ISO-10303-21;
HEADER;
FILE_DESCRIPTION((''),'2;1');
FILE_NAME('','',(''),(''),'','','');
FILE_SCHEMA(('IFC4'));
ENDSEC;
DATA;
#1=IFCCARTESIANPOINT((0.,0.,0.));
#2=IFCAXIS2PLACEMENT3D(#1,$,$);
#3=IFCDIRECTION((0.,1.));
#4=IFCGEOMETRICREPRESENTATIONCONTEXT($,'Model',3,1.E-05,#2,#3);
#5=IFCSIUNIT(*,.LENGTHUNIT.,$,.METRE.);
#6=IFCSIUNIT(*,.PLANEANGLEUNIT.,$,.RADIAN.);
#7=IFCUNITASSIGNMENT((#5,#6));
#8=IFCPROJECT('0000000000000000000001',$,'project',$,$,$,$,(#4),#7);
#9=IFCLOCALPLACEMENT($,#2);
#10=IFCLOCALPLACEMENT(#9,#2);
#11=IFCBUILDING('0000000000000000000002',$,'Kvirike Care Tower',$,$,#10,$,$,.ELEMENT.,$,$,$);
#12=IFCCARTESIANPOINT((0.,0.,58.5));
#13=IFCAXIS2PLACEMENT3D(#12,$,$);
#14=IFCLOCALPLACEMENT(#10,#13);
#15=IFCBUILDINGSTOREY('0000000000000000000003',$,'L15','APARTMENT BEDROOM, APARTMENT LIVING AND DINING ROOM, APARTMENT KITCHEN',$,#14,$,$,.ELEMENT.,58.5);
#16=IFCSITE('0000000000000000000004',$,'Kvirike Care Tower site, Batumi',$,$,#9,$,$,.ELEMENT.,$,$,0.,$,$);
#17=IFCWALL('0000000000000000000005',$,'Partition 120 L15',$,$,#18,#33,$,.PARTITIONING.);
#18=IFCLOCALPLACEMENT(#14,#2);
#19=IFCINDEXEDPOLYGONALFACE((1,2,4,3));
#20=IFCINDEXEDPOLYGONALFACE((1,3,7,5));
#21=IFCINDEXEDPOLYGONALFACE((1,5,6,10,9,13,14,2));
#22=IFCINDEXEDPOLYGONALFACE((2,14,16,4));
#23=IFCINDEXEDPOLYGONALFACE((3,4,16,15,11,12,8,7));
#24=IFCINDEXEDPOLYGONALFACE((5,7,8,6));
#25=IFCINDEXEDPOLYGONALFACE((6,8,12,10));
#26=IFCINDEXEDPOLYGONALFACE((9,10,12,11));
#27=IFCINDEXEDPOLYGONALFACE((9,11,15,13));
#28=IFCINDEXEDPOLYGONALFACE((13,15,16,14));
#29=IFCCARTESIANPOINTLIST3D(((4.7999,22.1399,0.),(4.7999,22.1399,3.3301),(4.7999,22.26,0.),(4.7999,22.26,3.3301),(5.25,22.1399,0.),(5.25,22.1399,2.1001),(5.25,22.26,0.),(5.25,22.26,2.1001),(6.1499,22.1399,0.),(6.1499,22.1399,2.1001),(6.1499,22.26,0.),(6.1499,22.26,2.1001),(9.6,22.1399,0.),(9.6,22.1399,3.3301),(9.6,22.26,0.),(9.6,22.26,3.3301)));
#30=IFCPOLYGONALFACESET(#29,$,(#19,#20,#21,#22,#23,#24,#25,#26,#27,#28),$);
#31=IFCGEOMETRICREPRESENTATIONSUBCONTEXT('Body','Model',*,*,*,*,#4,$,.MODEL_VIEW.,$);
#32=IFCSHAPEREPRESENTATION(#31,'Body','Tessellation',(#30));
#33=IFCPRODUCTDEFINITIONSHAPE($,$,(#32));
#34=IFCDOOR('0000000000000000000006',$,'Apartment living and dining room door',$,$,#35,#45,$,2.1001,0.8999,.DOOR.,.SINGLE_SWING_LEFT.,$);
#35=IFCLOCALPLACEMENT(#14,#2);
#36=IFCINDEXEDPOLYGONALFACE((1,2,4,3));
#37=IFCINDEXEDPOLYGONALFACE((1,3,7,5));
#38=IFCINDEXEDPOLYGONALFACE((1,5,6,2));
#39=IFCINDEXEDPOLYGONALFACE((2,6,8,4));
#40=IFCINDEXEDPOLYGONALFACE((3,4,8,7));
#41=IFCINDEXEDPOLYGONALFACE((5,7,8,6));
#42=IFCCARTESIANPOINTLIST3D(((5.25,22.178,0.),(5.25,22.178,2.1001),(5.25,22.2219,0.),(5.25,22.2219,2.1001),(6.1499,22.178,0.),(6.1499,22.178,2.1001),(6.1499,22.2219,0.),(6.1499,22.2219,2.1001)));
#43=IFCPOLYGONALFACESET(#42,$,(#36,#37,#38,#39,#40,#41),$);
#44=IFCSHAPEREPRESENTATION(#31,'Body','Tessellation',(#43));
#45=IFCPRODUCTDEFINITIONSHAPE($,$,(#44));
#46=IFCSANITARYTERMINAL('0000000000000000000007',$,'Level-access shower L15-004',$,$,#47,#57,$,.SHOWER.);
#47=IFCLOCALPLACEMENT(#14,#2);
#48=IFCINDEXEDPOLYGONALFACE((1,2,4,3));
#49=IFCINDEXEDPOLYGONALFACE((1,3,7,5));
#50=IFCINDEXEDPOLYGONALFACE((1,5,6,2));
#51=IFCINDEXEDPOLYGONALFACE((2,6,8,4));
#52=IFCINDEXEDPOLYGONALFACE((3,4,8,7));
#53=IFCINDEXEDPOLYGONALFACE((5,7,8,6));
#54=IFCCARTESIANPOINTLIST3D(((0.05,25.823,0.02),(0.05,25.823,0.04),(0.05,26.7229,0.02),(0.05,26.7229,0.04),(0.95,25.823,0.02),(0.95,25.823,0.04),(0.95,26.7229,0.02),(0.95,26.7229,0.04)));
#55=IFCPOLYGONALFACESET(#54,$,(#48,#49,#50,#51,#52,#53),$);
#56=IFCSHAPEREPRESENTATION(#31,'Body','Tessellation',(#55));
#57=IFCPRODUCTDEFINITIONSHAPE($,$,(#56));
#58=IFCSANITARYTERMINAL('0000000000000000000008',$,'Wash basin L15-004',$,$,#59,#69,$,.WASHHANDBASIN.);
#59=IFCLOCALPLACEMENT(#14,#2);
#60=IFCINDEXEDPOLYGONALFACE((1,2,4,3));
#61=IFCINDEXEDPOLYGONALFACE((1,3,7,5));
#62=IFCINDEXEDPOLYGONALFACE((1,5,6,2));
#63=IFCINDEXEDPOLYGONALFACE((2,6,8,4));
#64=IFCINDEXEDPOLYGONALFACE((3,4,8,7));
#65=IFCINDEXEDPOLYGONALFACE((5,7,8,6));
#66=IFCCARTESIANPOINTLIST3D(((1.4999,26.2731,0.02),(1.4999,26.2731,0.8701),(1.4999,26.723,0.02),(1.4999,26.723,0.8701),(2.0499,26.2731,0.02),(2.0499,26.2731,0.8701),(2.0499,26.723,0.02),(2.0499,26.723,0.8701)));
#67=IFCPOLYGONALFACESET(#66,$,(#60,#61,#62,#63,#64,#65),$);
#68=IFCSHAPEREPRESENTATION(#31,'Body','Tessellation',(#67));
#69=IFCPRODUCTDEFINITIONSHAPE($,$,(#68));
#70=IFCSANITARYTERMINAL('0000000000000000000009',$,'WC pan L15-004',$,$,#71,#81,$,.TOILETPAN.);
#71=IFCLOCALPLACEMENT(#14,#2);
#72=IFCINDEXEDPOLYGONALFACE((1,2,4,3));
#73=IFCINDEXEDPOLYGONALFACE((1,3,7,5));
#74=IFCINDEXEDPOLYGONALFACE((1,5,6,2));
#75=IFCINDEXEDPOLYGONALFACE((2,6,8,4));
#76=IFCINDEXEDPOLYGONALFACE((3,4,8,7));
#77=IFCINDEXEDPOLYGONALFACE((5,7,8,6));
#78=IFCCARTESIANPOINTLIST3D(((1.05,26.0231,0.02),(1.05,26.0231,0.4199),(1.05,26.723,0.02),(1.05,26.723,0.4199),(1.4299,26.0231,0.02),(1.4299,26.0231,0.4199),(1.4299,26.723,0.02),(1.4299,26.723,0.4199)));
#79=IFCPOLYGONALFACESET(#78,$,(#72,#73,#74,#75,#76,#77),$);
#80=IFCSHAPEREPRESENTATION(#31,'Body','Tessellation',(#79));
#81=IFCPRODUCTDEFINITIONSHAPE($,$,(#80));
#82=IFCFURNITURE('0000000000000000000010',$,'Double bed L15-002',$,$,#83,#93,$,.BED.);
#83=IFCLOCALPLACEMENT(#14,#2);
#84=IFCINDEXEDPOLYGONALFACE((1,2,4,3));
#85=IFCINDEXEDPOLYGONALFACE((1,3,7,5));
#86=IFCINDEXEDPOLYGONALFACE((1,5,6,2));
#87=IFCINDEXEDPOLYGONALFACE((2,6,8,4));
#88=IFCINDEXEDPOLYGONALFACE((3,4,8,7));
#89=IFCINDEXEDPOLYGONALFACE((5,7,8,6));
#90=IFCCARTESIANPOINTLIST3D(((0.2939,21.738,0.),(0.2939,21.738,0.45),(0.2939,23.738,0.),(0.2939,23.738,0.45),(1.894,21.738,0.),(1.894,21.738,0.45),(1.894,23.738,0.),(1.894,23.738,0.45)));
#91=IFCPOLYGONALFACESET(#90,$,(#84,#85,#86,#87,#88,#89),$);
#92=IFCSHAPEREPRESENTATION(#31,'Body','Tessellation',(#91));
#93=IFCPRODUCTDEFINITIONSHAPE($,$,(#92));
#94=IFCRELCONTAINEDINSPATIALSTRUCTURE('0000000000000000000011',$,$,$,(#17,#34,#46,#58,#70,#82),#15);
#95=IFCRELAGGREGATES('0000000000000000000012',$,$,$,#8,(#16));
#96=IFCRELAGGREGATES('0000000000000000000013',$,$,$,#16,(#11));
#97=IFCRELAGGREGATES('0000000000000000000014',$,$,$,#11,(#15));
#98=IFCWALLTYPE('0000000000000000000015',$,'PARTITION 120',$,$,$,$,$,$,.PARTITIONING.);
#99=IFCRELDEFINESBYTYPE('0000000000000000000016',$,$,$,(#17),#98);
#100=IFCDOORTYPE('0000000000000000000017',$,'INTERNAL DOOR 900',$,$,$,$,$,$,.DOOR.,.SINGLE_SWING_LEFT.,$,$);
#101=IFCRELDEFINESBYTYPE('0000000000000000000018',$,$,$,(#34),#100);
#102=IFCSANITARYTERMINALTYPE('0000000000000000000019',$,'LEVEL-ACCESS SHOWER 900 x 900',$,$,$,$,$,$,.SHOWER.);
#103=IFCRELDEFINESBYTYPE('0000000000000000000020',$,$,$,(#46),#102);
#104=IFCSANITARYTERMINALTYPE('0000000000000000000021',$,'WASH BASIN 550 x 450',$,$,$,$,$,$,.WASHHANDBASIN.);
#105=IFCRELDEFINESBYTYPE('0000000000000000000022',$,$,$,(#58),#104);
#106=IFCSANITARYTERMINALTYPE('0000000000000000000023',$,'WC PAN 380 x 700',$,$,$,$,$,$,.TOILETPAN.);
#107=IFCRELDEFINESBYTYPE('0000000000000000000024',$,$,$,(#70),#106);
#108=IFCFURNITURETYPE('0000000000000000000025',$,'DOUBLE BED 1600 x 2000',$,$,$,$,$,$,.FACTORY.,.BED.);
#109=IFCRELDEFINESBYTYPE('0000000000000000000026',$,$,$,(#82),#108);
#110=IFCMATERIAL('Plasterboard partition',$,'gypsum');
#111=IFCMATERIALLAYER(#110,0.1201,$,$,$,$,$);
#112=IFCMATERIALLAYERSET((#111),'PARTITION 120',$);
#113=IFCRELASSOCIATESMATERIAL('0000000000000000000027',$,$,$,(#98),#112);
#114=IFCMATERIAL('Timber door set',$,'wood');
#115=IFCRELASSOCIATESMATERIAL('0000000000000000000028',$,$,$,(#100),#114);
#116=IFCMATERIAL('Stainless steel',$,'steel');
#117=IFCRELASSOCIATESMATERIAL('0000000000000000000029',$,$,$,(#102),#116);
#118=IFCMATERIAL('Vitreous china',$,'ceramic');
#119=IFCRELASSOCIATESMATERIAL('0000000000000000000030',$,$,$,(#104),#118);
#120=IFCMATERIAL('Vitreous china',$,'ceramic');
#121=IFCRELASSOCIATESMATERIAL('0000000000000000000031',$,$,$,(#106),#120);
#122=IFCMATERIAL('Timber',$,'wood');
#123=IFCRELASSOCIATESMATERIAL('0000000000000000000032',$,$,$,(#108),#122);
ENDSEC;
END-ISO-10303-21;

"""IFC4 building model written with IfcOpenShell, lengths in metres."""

from ifc_helpers import new_model, si_unit, direction, frame, frame_2d, origin, origin_2d, place, context, subcontext, project, spatial, rectangle, extrude, material, layer, layer_set, type_object, element, fill, save


model = new_model("IFC4")

# Units and contexts
model_context = context("Model", 3, precision=1e-05, world=origin(), true_north=direction((0.0, 1.0)))
body_context = subcontext(model_context, "Body", "Model", "MODEL_VIEW")
ifc_project = project(units=[si_unit("LENGTHUNIT", "METRE"), si_unit("PLANEANGLEUNIT", "RADIAN")], contexts=[model_context])

# Site, building, storey
site_placement = place(None, origin())
site = spatial("IfcSite", under=ifc_project, at=site_placement, Name="Kvirike Care Tower site, Batumi", CompositionType="ELEMENT", RefElevation=0.0)
building_placement = place(site_placement, origin())
building = spatial("IfcBuilding", under=site, at=building_placement, Name="Kvirike Care Tower", CompositionType="ELEMENT")
storey_placement = place(building_placement, frame((0.0, 0.0, 58.5)))
storey = spatial("IfcBuildingStorey", under=building, at=storey_placement, Name="L15", Description="APARTMENT BEDROOM, APARTMENT LIVING AND DINING ROOM, APARTMENT KITCHEN", CompositionType="ELEMENT", Elevation=58.5)

# Shared definitions
ifc_material_1 = material(Name="Plasterboard partition", Category="gypsum")
ifc_layer_1 = layer(ifc_material_1, 0.1201)
ifc_layer_set_1 = layer_set([ifc_layer_1], Name="PARTITION 120")
wall_type_1 = type_object("IfcWallType", Name="PARTITION 120", PredefinedType="PARTITIONING", material=ifc_layer_set_1)

# Wall, opening, door
wall_1_placement = place(storey_placement, frame((4.8, 22.2, 0.0), z_axis=(0.0, 0.0, 1.0), x_axis=(1.0, 0.0, 0.0)))
wall_1 = element("IfcWall", 1, at=wall_1_placement, inside=storey, type_object=wall_type_1, Name="Partition 120 L15", PredefinedType="PARTITIONING", context=body_context, shape_type="SweptSolid", body=[
    extrude(rectangle(XDim=4.8, YDim=0.1201, at=frame_2d((2.3999, 0.0))), origin(), (0.0, 0.0, 1.0), 3.3301),
])
opening_1_placement = place(wall_1_placement, frame((0.45, 0.0, 0.0)))
opening_1 = element("IfcOpeningElement", 2, at=opening_1_placement, cuts=wall_1, PredefinedType="OPENING", context=body_context, shape_type="SweptSolid", body=[
    extrude(rectangle(XDim=0.8999, YDim=2.1001, at=frame_2d((0.45, 1.05))), frame((0.0, 0.0706, 0.0), z_axis=(0.0, -1.0, 0.0), x_axis=(1.0, 0.0, 0.0)), (0.0, 0.0, 1.0), 0.1411),
])
ifc_material_2 = material(Name="Timber door set", Category="wood")
door_type_1 = type_object("IfcDoorType", Name="INTERNAL DOOR 900", OperationType="SINGLE_SWING_LEFT", PredefinedType="DOOR", material=ifc_material_2)
door_1_placement = place(opening_1_placement, origin())
door_1 = element("IfcDoor", 3, at=door_1_placement, inside=storey, type_object=door_type_1, Name="Apartment living and dining room door", OperationType="SINGLE_SWING_LEFT", OverallHeight=2.1001, OverallWidth=0.8999, PredefinedType="DOOR", context=body_context, shape_type="SweptSolid", body=[
    extrude(rectangle(XDim=0.8999, YDim=2.1001, at=frame_2d((0.45, 1.05))), frame((0.0, 0.022, 0.0), z_axis=(0.0, -1.0, 0.0), x_axis=(1.0, 0.0, 0.0)), (0.0, 0.0, 1.0), 0.0439),
])
fill(opening_1, door_1)

# Sanitary terminals
ifc_material_3 = material(Name="Stainless steel", Category="steel")
sanitary_terminal_type_1 = type_object("IfcSanitaryTerminalType", Name="LEVEL-ACCESS SHOWER 900 x 900", PredefinedType="SHOWER", material=ifc_material_3)
sanitary_terminal_1_placement = place(storey_placement, frame((0.5, 26.2729, 0.02), z_axis=(0.0, 0.0, 1.0), x_axis=(1.0, 0.0, 0.0)))
element("IfcSanitaryTerminal", 4, at=sanitary_terminal_1_placement, inside=storey, type_object=sanitary_terminal_type_1, Name="Level-access shower L15-004", PredefinedType="SHOWER", context=body_context, shape_type="SweptSolid", body=[
    extrude(rectangle(XDim=0.8999, YDim=0.8999, at=origin_2d()), origin(), (0.0, 0.0, 1.0), 0.02),
])
ifc_material_4 = material(Name="Vitreous china", Category="ceramic")
sanitary_terminal_type_2 = type_object("IfcSanitaryTerminalType", Name="WASH BASIN 550 x 450", PredefinedType="WASHHANDBASIN", material=ifc_material_4)
sanitary_terminal_2_placement = place(storey_placement, frame((1.7749, 26.498, 0.02), z_axis=(0.0, 0.0, 1.0), x_axis=(1.0, 0.0, 0.0)))
element("IfcSanitaryTerminal", 5, at=sanitary_terminal_2_placement, inside=storey, type_object=sanitary_terminal_type_2, Name="Wash basin L15-004", PredefinedType="WASHHANDBASIN", context=body_context, shape_type="SweptSolid", body=[
    extrude(rectangle(XDim=0.55, YDim=0.45, at=origin_2d()), origin(), (0.0, 0.0, 1.0), 0.8501),
])
ifc_material_5 = material(Name="Vitreous china", Category="ceramic")
sanitary_terminal_type_3 = type_object("IfcSanitaryTerminalType", Name="WC PAN 380 x 700", PredefinedType="TOILETPAN", material=ifc_material_5)
sanitary_terminal_3_placement = place(storey_placement, frame((1.24, 26.373, 0.02), z_axis=(0.0, 0.0, 1.0), x_axis=(1.0, 0.0, 0.0)))
element("IfcSanitaryTerminal", 6, at=sanitary_terminal_3_placement, inside=storey, type_object=sanitary_terminal_type_3, Name="WC pan L15-004", PredefinedType="TOILETPAN", context=body_context, shape_type="SweptSolid", body=[
    extrude(rectangle(XDim=0.3799, YDim=0.7, at=origin_2d()), origin(), (0.0, 0.0, 1.0), 0.3999),
])

# Furniture
ifc_material_6 = material(Name="Timber", Category="wood")
furniture_type = type_object("IfcFurnitureType", Name="DOUBLE BED 1600 x 2000", AssemblyPlace="FACTORY", PredefinedType="BED", material=ifc_material_6)
furniture_placement = place(storey_placement, frame((1.094, 22.738, 0.0), z_axis=(0.0, 0.0, 1.0), x_axis=(1.0, 0.0, 0.0)))
element("IfcFurniture", 7, at=furniture_placement, inside=storey, type_object=furniture_type, Name="Double bed L15-002", PredefinedType="BED", context=body_context, shape_type="SweptSolid", body=[
    extrude(rectangle(XDim=1.6001, YDim=2.0, at=origin_2d()), origin(), (0.0, 0.0, 1.0), 0.45),
])

save(model, "model.ifc")
